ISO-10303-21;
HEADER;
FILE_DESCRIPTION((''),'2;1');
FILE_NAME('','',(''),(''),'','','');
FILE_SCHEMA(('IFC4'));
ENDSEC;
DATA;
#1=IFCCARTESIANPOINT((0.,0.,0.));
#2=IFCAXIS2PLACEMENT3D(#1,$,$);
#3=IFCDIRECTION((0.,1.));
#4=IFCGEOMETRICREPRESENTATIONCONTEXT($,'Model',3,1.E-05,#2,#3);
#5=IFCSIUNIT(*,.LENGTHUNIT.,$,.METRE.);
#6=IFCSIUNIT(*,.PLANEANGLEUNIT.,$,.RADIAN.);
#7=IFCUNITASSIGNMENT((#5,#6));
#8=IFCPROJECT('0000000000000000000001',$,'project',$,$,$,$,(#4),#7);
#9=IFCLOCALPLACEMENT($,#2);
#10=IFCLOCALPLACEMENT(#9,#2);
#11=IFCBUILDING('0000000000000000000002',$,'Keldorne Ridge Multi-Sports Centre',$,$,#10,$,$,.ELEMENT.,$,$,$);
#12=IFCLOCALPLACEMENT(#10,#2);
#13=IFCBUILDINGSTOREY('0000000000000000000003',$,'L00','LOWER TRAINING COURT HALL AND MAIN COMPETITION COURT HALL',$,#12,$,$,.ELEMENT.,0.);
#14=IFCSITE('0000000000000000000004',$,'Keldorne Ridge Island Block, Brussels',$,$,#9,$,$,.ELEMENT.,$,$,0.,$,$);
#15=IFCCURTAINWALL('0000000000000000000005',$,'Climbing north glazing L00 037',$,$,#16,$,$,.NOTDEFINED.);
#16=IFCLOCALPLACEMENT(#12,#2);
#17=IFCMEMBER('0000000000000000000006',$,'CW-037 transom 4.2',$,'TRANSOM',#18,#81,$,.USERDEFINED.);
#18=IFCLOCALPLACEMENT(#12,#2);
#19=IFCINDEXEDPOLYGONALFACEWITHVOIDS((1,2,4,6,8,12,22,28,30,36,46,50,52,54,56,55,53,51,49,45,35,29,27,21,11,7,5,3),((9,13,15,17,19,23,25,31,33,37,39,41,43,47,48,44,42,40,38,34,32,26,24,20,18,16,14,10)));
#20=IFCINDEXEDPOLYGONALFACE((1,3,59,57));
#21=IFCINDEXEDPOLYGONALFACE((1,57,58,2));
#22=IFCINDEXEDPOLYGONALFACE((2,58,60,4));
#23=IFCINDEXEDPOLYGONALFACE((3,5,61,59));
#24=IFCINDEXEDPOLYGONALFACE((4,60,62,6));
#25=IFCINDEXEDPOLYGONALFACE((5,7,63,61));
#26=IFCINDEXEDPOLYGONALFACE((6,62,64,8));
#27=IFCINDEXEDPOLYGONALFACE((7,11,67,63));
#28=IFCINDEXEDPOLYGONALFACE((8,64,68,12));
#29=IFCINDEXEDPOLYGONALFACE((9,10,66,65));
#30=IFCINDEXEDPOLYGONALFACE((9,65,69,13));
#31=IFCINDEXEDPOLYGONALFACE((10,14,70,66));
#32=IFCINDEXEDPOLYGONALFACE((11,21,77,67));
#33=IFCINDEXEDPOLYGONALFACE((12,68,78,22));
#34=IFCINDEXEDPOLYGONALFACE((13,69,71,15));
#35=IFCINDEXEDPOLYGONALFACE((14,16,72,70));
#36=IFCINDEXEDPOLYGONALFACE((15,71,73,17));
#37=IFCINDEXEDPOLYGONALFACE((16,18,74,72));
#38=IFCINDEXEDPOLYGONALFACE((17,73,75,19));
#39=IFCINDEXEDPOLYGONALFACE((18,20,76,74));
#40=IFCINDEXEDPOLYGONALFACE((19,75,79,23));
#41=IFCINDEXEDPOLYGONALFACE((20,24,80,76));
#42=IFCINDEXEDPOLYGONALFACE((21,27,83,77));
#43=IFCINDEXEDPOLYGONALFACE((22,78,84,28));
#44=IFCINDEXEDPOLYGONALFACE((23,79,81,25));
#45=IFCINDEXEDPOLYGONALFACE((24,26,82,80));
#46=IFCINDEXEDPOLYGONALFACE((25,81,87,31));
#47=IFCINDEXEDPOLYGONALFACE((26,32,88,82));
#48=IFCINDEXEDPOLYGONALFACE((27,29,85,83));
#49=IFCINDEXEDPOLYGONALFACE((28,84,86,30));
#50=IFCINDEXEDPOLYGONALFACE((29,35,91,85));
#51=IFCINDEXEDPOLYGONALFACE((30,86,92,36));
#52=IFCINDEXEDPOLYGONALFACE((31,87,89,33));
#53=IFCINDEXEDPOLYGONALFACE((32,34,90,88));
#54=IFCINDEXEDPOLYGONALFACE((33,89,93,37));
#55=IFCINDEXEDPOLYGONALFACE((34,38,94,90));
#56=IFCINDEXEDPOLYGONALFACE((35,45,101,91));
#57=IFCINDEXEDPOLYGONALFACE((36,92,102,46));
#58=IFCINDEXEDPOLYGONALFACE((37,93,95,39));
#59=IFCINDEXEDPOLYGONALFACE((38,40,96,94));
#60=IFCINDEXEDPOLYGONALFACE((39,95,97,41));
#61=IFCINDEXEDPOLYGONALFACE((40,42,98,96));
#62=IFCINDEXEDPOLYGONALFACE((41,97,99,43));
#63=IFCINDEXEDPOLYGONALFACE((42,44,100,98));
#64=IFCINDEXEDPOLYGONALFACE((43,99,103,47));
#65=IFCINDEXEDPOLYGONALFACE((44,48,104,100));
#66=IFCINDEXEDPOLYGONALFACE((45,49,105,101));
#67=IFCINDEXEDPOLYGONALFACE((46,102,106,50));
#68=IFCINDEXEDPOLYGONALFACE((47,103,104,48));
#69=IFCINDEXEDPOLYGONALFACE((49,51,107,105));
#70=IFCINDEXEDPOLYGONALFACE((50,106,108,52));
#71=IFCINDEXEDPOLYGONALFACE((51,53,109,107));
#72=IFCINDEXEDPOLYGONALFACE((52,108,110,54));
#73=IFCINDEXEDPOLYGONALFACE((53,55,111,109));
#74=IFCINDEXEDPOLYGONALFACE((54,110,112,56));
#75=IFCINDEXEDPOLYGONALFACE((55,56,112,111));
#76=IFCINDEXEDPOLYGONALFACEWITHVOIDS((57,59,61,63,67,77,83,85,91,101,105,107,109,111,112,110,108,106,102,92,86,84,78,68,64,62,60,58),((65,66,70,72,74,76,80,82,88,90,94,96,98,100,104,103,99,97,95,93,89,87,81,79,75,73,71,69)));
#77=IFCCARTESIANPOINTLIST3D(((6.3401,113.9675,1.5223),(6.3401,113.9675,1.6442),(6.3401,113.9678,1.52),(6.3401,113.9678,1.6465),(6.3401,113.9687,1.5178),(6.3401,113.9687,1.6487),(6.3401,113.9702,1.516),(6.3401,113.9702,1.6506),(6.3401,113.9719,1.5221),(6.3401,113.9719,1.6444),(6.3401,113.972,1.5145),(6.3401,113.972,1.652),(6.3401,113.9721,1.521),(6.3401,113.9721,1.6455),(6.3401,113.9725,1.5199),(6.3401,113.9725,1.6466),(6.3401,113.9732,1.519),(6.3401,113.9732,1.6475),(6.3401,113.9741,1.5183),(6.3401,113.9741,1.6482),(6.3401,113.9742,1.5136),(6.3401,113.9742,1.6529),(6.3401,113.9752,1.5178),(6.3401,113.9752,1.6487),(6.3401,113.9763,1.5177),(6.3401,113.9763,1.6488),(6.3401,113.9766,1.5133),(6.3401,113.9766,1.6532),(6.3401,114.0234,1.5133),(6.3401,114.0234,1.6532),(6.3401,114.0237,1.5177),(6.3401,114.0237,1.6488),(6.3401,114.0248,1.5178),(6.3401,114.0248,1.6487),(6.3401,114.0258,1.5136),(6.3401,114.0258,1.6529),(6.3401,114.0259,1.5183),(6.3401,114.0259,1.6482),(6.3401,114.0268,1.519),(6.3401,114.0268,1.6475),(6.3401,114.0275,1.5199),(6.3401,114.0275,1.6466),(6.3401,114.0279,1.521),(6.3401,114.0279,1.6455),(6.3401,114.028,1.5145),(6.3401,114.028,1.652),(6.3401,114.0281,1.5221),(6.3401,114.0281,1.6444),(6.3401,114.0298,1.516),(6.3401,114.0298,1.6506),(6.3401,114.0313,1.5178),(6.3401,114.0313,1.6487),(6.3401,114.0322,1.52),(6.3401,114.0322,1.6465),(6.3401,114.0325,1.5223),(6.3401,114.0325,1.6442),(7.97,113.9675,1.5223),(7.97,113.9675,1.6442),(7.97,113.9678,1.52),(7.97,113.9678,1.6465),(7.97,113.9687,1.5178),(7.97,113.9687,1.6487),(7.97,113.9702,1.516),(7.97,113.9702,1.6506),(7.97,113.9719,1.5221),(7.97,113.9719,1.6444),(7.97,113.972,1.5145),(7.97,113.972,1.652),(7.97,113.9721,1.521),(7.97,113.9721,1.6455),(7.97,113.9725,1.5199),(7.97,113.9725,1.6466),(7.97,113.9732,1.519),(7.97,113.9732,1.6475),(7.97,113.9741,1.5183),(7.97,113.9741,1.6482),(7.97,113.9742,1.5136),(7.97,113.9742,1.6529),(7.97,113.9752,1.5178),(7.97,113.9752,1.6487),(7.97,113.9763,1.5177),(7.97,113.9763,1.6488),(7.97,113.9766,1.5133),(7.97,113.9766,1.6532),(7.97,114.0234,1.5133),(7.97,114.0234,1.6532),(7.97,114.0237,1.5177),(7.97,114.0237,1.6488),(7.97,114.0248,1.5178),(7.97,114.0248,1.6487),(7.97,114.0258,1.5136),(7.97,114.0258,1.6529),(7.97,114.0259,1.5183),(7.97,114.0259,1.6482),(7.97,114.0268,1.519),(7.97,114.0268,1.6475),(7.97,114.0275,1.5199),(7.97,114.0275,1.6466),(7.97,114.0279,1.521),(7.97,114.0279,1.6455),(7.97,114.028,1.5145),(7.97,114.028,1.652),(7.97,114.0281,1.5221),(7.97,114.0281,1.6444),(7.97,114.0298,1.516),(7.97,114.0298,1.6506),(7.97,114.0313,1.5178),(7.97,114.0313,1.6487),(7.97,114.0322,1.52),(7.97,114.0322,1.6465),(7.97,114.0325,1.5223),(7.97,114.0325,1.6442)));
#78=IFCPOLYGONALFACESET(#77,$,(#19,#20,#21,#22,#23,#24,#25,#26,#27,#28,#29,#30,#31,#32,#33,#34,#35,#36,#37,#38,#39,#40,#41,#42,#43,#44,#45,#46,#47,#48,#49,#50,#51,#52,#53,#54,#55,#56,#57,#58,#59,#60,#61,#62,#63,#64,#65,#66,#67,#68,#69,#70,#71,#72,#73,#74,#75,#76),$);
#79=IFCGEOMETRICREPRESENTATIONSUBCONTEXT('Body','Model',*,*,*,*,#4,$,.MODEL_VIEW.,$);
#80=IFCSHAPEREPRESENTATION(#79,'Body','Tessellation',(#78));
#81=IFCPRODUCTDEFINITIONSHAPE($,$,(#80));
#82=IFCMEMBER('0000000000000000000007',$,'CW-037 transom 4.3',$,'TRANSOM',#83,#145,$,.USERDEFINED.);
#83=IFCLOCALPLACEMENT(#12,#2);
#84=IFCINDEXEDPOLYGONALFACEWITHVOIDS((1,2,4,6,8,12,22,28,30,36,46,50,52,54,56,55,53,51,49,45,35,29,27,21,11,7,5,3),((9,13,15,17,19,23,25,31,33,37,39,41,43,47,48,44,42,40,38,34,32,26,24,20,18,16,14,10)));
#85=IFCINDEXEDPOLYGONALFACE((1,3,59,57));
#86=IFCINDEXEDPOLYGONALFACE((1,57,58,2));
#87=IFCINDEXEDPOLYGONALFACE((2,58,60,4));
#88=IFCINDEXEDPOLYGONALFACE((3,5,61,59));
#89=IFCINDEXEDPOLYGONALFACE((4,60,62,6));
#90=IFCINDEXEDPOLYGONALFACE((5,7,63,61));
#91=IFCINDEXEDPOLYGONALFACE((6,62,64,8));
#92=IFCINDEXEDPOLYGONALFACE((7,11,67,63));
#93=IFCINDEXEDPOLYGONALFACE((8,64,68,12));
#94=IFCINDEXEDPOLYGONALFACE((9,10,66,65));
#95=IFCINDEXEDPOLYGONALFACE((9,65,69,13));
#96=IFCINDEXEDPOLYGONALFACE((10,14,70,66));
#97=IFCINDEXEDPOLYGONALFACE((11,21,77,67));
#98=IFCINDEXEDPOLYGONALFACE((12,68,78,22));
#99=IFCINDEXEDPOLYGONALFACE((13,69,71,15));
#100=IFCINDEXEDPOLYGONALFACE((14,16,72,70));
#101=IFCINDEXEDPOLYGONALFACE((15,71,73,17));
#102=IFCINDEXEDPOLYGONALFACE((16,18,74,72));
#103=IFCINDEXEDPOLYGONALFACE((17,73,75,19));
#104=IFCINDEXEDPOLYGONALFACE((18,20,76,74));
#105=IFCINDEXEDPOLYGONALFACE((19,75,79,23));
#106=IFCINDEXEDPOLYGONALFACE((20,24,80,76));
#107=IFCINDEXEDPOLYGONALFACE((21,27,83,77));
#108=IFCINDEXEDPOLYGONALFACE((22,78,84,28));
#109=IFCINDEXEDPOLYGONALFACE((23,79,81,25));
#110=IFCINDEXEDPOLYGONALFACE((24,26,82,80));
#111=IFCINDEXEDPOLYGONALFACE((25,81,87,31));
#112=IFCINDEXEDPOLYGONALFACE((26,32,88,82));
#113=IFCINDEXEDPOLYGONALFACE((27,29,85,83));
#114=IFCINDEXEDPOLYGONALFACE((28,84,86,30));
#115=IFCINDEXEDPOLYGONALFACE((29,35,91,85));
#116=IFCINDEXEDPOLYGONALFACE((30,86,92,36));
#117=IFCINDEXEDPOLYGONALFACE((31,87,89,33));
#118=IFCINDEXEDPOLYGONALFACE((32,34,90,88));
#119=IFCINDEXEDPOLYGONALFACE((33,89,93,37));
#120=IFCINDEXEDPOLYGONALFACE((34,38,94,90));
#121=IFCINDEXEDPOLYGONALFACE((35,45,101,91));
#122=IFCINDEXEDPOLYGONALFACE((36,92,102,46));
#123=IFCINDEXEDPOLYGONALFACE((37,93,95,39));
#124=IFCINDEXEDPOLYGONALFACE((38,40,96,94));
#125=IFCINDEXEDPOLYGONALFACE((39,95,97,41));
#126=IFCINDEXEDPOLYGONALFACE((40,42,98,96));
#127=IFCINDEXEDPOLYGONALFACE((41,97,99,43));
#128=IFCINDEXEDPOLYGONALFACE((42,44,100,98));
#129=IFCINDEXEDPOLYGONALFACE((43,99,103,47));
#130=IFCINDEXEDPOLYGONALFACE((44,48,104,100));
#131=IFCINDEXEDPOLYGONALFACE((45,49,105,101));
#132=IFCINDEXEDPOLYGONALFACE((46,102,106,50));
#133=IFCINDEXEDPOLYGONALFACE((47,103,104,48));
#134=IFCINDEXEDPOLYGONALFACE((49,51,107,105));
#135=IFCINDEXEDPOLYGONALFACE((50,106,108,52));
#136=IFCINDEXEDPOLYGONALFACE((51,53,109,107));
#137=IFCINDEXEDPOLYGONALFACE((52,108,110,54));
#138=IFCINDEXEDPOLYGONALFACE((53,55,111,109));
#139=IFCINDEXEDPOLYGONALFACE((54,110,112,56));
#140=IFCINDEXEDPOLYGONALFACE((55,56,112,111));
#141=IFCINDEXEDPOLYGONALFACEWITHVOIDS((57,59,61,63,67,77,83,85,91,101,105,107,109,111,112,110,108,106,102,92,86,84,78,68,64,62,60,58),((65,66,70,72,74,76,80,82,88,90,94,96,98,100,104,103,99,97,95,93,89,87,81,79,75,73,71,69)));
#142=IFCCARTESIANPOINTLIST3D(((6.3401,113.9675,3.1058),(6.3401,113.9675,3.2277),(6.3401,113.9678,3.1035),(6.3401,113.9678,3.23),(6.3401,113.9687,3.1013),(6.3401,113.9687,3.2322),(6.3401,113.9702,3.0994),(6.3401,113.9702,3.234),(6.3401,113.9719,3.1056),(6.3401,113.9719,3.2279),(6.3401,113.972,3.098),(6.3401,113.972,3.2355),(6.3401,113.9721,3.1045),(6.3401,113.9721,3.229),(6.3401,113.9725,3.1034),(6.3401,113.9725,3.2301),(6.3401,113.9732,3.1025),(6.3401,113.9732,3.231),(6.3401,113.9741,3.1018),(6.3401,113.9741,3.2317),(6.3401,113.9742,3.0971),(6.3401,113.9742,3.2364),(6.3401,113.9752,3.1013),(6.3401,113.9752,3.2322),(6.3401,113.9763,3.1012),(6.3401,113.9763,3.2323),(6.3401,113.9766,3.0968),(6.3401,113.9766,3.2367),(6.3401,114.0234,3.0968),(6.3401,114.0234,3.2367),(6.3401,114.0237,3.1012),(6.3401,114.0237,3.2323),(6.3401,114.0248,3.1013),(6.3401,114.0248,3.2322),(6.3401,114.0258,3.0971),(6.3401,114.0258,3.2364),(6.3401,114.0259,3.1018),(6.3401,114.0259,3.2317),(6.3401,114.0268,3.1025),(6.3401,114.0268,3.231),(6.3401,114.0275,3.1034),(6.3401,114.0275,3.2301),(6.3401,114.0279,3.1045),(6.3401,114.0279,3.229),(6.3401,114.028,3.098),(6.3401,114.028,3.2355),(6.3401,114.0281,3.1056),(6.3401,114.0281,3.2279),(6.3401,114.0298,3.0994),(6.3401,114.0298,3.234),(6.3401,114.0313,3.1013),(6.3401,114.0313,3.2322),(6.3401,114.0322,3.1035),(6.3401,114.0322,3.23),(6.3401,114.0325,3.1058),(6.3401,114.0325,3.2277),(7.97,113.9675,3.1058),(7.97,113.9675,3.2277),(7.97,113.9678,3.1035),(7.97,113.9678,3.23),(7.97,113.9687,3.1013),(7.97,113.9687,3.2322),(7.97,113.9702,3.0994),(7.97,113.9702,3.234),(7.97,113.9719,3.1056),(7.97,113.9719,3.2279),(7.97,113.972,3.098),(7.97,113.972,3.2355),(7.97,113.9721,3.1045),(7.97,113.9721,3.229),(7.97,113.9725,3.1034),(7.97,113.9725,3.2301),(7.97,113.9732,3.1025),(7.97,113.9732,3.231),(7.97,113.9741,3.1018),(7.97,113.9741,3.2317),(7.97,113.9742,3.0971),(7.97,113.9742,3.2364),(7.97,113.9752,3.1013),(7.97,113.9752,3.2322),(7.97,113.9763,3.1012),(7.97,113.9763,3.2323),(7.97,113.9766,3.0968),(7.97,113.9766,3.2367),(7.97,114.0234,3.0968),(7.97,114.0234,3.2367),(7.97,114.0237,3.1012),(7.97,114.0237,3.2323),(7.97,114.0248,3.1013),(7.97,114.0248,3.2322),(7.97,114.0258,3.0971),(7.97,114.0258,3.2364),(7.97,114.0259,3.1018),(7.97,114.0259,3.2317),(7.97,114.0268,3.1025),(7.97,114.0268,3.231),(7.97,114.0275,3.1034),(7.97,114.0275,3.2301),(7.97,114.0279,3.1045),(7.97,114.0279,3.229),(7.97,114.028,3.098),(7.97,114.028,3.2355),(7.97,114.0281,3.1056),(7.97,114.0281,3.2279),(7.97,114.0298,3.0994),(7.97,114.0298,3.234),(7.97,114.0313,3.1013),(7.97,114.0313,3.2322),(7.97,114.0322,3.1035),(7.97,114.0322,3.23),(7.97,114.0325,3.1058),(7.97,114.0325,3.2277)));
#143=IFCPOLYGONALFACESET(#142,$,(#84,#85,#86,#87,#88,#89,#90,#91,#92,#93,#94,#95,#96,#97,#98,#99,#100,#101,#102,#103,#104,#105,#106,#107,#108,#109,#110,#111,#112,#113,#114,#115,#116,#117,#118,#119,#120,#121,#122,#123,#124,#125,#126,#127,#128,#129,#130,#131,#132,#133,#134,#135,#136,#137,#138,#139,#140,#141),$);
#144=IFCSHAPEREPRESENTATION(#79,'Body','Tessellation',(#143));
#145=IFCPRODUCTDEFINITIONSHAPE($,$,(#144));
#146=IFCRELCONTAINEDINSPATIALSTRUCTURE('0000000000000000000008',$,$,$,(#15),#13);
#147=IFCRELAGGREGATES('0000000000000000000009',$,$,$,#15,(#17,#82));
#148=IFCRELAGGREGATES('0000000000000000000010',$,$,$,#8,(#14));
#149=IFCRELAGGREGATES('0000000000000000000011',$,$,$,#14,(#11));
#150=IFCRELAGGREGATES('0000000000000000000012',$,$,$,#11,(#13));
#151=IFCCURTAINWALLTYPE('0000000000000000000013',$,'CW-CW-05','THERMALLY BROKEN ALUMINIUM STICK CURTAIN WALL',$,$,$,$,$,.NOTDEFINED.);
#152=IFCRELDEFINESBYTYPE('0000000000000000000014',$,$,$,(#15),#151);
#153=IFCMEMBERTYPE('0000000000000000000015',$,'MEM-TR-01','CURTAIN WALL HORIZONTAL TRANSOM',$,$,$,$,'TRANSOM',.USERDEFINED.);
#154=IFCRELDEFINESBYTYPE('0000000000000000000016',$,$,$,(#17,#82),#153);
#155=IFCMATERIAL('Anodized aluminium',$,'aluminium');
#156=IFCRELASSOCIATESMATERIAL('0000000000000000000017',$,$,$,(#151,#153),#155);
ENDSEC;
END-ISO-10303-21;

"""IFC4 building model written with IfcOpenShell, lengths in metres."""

from ifc_helpers import new_model, si_unit, direction, frame, origin, origin_2d, place, context, subcontext, project, spatial, hollow_rectangle, extrude, material, material_profile, profile_set, type_object, element, aggregate, save


model = new_model("IFC4")

# Units and contexts
model_context = context("Model", 3, precision=1e-05, world=origin(), true_north=direction((0.0, 1.0)))
body_context = subcontext(model_context, "Body", "Model", "MODEL_VIEW")
ifc_project = project(units=[si_unit("LENGTHUNIT", "METRE"), si_unit("PLANEANGLEUNIT", "RADIAN")], contexts=[model_context])

# Site, building, storey
site_placement = place(None, origin())
site = spatial("IfcSite", under=ifc_project, at=site_placement, Name="Keldorne Ridge Island Block, Brussels", CompositionType="ELEMENT", RefElevation=0.0)
building_placement = place(site_placement, origin())
building = spatial("IfcBuilding", under=site, at=building_placement, Name="Keldorne Ridge Multi-Sports Centre", CompositionType="ELEMENT")
storey_placement = place(building_placement, origin())
storey = spatial("IfcBuildingStorey", under=building, at=storey_placement, Name="L00", Description="LOWER TRAINING COURT HALL AND MAIN COMPETITION COURT HALL", CompositionType="ELEMENT", Elevation=0.0)

# Curtain wall, members
ifc_material_1 = material(Name="Anodized aluminium", Category="aluminium")
curtain_wall_type = type_object("IfcCurtainWallType", Name="CW-CW-05", Description="THERMALLY BROKEN ALUMINIUM STICK CURTAIN WALL", PredefinedType="NOTDEFINED", material=ifc_material_1)
curtain_wall_placement = place(storey_placement, origin())
curtain_wall = element("IfcCurtainWall", 1, at=curtain_wall_placement, inside=storey, type_object=curtain_wall_type, Name="Climbing north glazing L00 037", PredefinedType="NOTDEFINED")
ifc_material_profile_1 = material_profile(ifc_material_1, hollow_rectangle(XDim=0.0649, YDim=0.1399, WallThickness=0.0044, InnerFilletRadius=0.0044, OuterFilletRadius=0.009, at=origin_2d()), Name="ALU TRANSOM 140x65x4.5")
ifc_profile_set_1 = profile_set([ifc_material_profile_1], Name="Anodized aluminium")
member_type_1 = type_object("IfcMemberType", Name="MEM-TR-01", Description="CURTAIN WALL HORIZONTAL TRANSOM", ElementType="TRANSOM", PredefinedType="USERDEFINED", material=ifc_profile_set_1)
member_1_placement = place(storey_placement, frame((7.97, 114.0, 1.5833), z_axis=(-1.0, 0.0, 0.0), x_axis=(0.0, -1.0, 0.0)))
member_1 = element("IfcMember", 2, at=member_1_placement, type_object=member_type_1, Name="CW-037 transom 4.2", ObjectType="TRANSOM", PredefinedType="USERDEFINED", context=body_context, shape_type="SweptSolid", body=[
    extrude(hollow_rectangle(XDim=0.0649, YDim=0.1399, WallThickness=0.0044, InnerFilletRadius=0.0044, OuterFilletRadius=0.009, at=origin_2d()), origin(), (0.0, 0.0, 1.0), 1.6299),
])
member_2_placement = place(storey_placement, frame((7.97, 114.0, 3.1667), z_axis=(-1.0, 0.0, 0.0), x_axis=(0.0, -1.0, 0.0)))
member_2 = element("IfcMember", 3, at=member_2_placement, type_object=member_type_1, Name="CW-037 transom 4.3", ObjectType="TRANSOM", PredefinedType="USERDEFINED", context=body_context, shape_type="SweptSolid", body=[
    extrude(hollow_rectangle(XDim=0.0649, YDim=0.1399, WallThickness=0.0044, InnerFilletRadius=0.0044, OuterFilletRadius=0.009, at=origin_2d()), origin(), (0.0, 0.0, 1.0), 1.6299),
])

aggregate(curtain_wall, [member_1, member_2])

save(model, "model.ifc")
